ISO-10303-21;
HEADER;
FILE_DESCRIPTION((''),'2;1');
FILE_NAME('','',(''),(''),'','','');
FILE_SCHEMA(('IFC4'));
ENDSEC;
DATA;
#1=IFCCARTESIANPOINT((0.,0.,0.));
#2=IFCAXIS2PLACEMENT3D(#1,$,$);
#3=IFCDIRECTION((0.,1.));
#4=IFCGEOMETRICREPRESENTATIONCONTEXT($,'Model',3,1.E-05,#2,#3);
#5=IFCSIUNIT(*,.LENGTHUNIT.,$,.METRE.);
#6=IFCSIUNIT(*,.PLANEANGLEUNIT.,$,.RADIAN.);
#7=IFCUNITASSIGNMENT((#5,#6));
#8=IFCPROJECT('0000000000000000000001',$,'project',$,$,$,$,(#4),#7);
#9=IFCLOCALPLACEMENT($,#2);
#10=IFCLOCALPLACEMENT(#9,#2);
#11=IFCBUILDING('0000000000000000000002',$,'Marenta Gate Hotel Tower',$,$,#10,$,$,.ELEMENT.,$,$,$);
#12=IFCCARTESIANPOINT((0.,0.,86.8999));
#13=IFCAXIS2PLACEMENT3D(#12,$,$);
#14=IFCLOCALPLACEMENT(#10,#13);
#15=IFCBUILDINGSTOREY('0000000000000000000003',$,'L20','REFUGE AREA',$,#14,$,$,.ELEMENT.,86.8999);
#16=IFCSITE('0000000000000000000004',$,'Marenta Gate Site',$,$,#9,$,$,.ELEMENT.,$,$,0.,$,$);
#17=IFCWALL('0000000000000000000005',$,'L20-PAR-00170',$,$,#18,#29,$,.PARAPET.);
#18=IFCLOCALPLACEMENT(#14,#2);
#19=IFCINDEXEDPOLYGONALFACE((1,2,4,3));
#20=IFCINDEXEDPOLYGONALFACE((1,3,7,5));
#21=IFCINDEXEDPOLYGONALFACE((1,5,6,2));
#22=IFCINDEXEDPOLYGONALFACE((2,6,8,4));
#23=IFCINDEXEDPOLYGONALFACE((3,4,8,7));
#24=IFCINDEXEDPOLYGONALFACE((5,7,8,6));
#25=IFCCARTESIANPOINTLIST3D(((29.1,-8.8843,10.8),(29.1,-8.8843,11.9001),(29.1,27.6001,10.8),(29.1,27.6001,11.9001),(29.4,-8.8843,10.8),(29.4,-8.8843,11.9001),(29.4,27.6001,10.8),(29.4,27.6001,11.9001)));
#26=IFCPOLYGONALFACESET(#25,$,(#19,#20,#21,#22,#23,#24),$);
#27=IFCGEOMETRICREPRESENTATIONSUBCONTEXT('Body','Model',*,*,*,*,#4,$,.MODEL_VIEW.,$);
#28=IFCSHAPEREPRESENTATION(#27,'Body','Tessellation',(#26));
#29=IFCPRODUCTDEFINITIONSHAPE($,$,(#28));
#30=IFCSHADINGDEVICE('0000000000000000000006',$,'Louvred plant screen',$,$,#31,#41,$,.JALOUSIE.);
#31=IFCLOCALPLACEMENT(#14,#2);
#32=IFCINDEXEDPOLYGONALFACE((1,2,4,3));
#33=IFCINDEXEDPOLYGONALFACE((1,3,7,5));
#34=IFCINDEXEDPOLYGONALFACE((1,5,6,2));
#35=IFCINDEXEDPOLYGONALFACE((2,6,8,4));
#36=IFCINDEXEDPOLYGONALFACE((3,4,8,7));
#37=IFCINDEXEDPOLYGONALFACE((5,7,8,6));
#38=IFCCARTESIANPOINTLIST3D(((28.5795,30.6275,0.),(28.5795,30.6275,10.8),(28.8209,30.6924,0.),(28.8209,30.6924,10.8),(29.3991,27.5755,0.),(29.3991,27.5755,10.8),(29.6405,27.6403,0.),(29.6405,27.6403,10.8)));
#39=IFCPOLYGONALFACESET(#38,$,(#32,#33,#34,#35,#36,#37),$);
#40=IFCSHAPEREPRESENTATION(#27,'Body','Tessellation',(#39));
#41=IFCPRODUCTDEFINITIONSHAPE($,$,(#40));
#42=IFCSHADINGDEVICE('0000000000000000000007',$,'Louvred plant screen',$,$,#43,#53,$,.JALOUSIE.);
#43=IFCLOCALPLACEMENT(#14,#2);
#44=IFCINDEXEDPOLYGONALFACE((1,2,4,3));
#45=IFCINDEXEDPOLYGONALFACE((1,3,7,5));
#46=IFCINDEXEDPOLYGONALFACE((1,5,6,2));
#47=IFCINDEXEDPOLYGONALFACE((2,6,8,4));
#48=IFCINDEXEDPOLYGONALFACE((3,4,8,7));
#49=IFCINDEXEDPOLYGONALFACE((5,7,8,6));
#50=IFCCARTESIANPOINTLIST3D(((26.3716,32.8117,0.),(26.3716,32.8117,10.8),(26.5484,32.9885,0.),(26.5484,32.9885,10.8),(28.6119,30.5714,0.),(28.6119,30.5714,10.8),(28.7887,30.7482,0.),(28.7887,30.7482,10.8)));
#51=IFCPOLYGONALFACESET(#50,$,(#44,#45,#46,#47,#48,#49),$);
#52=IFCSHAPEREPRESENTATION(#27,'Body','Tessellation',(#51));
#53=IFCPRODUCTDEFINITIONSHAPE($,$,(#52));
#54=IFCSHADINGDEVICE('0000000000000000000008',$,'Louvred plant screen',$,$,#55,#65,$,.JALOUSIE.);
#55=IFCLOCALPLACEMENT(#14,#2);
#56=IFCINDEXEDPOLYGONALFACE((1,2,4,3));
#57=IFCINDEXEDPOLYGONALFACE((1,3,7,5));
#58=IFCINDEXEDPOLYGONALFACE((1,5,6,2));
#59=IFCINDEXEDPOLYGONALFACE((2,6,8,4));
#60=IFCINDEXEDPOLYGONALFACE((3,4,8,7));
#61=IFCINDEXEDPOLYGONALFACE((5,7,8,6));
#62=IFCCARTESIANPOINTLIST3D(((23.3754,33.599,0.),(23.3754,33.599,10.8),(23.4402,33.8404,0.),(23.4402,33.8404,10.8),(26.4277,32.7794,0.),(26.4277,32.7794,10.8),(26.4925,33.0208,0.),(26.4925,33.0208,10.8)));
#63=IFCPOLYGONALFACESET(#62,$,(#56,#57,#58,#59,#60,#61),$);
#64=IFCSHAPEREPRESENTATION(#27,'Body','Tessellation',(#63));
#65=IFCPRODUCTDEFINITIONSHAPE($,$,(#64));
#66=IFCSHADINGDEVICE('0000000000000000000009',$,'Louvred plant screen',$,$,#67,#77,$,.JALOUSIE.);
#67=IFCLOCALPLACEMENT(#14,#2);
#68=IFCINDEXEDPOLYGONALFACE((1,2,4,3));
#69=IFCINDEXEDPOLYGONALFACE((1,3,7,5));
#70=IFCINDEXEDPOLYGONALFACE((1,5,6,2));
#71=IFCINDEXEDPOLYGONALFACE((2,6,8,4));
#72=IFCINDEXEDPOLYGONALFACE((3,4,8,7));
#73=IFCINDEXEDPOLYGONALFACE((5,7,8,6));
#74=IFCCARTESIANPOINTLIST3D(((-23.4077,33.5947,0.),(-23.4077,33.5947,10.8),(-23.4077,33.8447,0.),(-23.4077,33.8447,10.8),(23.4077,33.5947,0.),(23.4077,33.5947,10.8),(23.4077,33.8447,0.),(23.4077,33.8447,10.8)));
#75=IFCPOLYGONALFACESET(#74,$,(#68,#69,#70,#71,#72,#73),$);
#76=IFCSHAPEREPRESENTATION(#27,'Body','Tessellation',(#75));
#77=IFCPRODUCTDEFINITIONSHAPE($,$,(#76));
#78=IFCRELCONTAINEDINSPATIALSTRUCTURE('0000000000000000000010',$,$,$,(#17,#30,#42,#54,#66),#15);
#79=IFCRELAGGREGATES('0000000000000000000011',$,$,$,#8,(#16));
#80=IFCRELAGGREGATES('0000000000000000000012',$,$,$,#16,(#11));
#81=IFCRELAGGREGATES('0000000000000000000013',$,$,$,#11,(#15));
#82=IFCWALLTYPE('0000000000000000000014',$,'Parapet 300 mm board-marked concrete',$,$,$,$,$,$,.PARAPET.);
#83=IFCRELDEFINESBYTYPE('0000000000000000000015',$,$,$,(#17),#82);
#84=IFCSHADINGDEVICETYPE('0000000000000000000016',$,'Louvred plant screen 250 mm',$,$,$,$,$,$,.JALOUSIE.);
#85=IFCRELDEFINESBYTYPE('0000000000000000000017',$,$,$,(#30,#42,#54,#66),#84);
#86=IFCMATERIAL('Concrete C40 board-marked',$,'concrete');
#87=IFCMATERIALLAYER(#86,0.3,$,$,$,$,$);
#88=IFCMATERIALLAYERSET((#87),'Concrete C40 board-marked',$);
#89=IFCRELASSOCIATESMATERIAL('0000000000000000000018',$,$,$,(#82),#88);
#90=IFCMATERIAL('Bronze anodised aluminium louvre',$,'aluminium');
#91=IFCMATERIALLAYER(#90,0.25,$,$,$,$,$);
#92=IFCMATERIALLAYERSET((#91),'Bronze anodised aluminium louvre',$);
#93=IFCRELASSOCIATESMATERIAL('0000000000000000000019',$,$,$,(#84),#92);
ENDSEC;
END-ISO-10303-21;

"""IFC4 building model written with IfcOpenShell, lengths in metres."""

from ifc_helpers import new_model, si_unit, direction, frame, frame_2d, origin, place, context, subcontext, project, spatial, rectangle, extrude, material, layer, layer_set, type_object, element, save


model = new_model("IFC4")

# Units and contexts
model_context = context("Model", 3, precision=1e-05, world=origin(), true_north=direction((0.0, 1.0)))
body_context = subcontext(model_context, "Body", "Model", "MODEL_VIEW")
ifc_project = project(units=[si_unit("LENGTHUNIT", "METRE"), si_unit("PLANEANGLEUNIT", "RADIAN")], contexts=[model_context])

# Site, building, storey
site_placement = place(None, origin())
site = spatial("IfcSite", under=ifc_project, at=site_placement, Name="Marenta Gate Site", CompositionType="ELEMENT", RefElevation=0.0)
building_placement = place(site_placement, origin())
building = spatial("IfcBuilding", under=site, at=building_placement, Name="Marenta Gate Hotel Tower", CompositionType="ELEMENT")
storey_placement = place(building_placement, frame((0.0, 0.0, 86.8999)))
storey = spatial("IfcBuildingStorey", under=building, at=storey_placement, Name="L20", Description="REFUGE AREA", CompositionType="ELEMENT", Elevation=86.8999)

# Wall
ifc_material_1 = material(Name="Concrete C40 board-marked", Category="concrete")
ifc_layer_1 = layer(ifc_material_1, 0.3)
ifc_layer_set_1 = layer_set([ifc_layer_1], Name="Concrete C40 board-marked")
wall_type = type_object("IfcWallType", Name="Parapet 300 mm board-marked concrete", PredefinedType="PARAPET", material=ifc_layer_set_1)
wall_1_placement = place(storey_placement, frame((29.25, 27.6001, 10.8), z_axis=(0.0, 0.0, 1.0), x_axis=(0.0, -1.0, 0.0)))
element("IfcWall", 1, at=wall_1_placement, inside=storey, type_object=wall_type, Name="L20-PAR-00170", PredefinedType="PARAPET", context=body_context, shape_type="SweptSolid", body=[
    extrude(rectangle(XDim=36.4844, YDim=0.3, at=frame_2d((18.2422, 0.0))), origin(), (0.0, 0.0, 1.0), 1.1001),
])

# Shading devices
ifc_material_2 = material(Name="Bronze anodised aluminium louvre", Category="aluminium")
ifc_layer_2 = layer(ifc_material_2, 0.25)
ifc_layer_set_2 = layer_set([ifc_layer_2], Name="Bronze anodised aluminium louvre")
shading_device_type = type_object("IfcShadingDeviceType", Name="Louvred plant screen 250 mm", PredefinedType="JALOUSIE", material=ifc_layer_set_2)
shading_device_1_placement = place(storey_placement, frame((29.5198, 27.6079, 0.0), z_axis=(0.0, 0.0, 1.0), x_axis=(-0.25935, 0.965783, 0.0)))
element("IfcShadingDevice", 2, at=shading_device_1_placement, inside=storey, type_object=shading_device_type, Name="Louvred plant screen", PredefinedType="JALOUSIE", context=body_context, shape_type="SweptSolid", body=[
    extrude(rectangle(XDim=3.1602, YDim=0.25, at=frame_2d((1.5801, 0.0))), origin(), (0.0, 0.0, 1.0), 10.8),
])
shading_device_2_placement = place(storey_placement, frame((28.7002, 30.6599, 0.0), z_axis=(0.0, 0.0, 1.0), x_axis=(-0.707107, 0.707107, 0.0)))
element("IfcShadingDevice", 3, at=shading_device_2_placement, inside=storey, type_object=shading_device_type, Name="Louvred plant screen", PredefinedType="JALOUSIE", context=body_context, shape_type="SweptSolid", body=[
    extrude(rectangle(XDim=3.1682, YDim=0.25, at=frame_2d((1.584, 0.0))), origin(), (0.0, 0.0, 1.0), 10.8),
])
shading_device_3_placement = place(storey_placement, frame((26.46, 32.9001, 0.0), z_axis=(0.0, 0.0, 1.0), x_axis=(-0.965789, 0.259331, 0.0)))
element("IfcShadingDevice", 4, at=shading_device_3_placement, inside=storey, type_object=shading_device_type, Name="Louvred plant screen", PredefinedType="JALOUSIE", context=body_context, shape_type="SweptSolid", body=[
    extrude(rectangle(XDim=3.1604, YDim=0.25, at=frame_2d((1.5801, 0.0))), origin(), (0.0, 0.0, 1.0), 10.8),
])
shading_device_4_placement = place(storey_placement, frame((23.4077, 33.7197, 0.0), z_axis=(0.0, 0.0, 1.0), x_axis=(-1.0, 0.0, 0.0)))
element("IfcShadingDevice", 5, at=shading_device_4_placement, inside=storey, type_object=shading_device_type, Name="Louvred plant screen", PredefinedType="JALOUSIE", context=body_context, shape_type="SweptSolid", body=[
    extrude(rectangle(XDim=46.8154, YDim=0.25, at=frame_2d((23.4077, 0.0))), origin(), (0.0, 0.0, 1.0), 10.8),
])

save(model, "model.ifc")
